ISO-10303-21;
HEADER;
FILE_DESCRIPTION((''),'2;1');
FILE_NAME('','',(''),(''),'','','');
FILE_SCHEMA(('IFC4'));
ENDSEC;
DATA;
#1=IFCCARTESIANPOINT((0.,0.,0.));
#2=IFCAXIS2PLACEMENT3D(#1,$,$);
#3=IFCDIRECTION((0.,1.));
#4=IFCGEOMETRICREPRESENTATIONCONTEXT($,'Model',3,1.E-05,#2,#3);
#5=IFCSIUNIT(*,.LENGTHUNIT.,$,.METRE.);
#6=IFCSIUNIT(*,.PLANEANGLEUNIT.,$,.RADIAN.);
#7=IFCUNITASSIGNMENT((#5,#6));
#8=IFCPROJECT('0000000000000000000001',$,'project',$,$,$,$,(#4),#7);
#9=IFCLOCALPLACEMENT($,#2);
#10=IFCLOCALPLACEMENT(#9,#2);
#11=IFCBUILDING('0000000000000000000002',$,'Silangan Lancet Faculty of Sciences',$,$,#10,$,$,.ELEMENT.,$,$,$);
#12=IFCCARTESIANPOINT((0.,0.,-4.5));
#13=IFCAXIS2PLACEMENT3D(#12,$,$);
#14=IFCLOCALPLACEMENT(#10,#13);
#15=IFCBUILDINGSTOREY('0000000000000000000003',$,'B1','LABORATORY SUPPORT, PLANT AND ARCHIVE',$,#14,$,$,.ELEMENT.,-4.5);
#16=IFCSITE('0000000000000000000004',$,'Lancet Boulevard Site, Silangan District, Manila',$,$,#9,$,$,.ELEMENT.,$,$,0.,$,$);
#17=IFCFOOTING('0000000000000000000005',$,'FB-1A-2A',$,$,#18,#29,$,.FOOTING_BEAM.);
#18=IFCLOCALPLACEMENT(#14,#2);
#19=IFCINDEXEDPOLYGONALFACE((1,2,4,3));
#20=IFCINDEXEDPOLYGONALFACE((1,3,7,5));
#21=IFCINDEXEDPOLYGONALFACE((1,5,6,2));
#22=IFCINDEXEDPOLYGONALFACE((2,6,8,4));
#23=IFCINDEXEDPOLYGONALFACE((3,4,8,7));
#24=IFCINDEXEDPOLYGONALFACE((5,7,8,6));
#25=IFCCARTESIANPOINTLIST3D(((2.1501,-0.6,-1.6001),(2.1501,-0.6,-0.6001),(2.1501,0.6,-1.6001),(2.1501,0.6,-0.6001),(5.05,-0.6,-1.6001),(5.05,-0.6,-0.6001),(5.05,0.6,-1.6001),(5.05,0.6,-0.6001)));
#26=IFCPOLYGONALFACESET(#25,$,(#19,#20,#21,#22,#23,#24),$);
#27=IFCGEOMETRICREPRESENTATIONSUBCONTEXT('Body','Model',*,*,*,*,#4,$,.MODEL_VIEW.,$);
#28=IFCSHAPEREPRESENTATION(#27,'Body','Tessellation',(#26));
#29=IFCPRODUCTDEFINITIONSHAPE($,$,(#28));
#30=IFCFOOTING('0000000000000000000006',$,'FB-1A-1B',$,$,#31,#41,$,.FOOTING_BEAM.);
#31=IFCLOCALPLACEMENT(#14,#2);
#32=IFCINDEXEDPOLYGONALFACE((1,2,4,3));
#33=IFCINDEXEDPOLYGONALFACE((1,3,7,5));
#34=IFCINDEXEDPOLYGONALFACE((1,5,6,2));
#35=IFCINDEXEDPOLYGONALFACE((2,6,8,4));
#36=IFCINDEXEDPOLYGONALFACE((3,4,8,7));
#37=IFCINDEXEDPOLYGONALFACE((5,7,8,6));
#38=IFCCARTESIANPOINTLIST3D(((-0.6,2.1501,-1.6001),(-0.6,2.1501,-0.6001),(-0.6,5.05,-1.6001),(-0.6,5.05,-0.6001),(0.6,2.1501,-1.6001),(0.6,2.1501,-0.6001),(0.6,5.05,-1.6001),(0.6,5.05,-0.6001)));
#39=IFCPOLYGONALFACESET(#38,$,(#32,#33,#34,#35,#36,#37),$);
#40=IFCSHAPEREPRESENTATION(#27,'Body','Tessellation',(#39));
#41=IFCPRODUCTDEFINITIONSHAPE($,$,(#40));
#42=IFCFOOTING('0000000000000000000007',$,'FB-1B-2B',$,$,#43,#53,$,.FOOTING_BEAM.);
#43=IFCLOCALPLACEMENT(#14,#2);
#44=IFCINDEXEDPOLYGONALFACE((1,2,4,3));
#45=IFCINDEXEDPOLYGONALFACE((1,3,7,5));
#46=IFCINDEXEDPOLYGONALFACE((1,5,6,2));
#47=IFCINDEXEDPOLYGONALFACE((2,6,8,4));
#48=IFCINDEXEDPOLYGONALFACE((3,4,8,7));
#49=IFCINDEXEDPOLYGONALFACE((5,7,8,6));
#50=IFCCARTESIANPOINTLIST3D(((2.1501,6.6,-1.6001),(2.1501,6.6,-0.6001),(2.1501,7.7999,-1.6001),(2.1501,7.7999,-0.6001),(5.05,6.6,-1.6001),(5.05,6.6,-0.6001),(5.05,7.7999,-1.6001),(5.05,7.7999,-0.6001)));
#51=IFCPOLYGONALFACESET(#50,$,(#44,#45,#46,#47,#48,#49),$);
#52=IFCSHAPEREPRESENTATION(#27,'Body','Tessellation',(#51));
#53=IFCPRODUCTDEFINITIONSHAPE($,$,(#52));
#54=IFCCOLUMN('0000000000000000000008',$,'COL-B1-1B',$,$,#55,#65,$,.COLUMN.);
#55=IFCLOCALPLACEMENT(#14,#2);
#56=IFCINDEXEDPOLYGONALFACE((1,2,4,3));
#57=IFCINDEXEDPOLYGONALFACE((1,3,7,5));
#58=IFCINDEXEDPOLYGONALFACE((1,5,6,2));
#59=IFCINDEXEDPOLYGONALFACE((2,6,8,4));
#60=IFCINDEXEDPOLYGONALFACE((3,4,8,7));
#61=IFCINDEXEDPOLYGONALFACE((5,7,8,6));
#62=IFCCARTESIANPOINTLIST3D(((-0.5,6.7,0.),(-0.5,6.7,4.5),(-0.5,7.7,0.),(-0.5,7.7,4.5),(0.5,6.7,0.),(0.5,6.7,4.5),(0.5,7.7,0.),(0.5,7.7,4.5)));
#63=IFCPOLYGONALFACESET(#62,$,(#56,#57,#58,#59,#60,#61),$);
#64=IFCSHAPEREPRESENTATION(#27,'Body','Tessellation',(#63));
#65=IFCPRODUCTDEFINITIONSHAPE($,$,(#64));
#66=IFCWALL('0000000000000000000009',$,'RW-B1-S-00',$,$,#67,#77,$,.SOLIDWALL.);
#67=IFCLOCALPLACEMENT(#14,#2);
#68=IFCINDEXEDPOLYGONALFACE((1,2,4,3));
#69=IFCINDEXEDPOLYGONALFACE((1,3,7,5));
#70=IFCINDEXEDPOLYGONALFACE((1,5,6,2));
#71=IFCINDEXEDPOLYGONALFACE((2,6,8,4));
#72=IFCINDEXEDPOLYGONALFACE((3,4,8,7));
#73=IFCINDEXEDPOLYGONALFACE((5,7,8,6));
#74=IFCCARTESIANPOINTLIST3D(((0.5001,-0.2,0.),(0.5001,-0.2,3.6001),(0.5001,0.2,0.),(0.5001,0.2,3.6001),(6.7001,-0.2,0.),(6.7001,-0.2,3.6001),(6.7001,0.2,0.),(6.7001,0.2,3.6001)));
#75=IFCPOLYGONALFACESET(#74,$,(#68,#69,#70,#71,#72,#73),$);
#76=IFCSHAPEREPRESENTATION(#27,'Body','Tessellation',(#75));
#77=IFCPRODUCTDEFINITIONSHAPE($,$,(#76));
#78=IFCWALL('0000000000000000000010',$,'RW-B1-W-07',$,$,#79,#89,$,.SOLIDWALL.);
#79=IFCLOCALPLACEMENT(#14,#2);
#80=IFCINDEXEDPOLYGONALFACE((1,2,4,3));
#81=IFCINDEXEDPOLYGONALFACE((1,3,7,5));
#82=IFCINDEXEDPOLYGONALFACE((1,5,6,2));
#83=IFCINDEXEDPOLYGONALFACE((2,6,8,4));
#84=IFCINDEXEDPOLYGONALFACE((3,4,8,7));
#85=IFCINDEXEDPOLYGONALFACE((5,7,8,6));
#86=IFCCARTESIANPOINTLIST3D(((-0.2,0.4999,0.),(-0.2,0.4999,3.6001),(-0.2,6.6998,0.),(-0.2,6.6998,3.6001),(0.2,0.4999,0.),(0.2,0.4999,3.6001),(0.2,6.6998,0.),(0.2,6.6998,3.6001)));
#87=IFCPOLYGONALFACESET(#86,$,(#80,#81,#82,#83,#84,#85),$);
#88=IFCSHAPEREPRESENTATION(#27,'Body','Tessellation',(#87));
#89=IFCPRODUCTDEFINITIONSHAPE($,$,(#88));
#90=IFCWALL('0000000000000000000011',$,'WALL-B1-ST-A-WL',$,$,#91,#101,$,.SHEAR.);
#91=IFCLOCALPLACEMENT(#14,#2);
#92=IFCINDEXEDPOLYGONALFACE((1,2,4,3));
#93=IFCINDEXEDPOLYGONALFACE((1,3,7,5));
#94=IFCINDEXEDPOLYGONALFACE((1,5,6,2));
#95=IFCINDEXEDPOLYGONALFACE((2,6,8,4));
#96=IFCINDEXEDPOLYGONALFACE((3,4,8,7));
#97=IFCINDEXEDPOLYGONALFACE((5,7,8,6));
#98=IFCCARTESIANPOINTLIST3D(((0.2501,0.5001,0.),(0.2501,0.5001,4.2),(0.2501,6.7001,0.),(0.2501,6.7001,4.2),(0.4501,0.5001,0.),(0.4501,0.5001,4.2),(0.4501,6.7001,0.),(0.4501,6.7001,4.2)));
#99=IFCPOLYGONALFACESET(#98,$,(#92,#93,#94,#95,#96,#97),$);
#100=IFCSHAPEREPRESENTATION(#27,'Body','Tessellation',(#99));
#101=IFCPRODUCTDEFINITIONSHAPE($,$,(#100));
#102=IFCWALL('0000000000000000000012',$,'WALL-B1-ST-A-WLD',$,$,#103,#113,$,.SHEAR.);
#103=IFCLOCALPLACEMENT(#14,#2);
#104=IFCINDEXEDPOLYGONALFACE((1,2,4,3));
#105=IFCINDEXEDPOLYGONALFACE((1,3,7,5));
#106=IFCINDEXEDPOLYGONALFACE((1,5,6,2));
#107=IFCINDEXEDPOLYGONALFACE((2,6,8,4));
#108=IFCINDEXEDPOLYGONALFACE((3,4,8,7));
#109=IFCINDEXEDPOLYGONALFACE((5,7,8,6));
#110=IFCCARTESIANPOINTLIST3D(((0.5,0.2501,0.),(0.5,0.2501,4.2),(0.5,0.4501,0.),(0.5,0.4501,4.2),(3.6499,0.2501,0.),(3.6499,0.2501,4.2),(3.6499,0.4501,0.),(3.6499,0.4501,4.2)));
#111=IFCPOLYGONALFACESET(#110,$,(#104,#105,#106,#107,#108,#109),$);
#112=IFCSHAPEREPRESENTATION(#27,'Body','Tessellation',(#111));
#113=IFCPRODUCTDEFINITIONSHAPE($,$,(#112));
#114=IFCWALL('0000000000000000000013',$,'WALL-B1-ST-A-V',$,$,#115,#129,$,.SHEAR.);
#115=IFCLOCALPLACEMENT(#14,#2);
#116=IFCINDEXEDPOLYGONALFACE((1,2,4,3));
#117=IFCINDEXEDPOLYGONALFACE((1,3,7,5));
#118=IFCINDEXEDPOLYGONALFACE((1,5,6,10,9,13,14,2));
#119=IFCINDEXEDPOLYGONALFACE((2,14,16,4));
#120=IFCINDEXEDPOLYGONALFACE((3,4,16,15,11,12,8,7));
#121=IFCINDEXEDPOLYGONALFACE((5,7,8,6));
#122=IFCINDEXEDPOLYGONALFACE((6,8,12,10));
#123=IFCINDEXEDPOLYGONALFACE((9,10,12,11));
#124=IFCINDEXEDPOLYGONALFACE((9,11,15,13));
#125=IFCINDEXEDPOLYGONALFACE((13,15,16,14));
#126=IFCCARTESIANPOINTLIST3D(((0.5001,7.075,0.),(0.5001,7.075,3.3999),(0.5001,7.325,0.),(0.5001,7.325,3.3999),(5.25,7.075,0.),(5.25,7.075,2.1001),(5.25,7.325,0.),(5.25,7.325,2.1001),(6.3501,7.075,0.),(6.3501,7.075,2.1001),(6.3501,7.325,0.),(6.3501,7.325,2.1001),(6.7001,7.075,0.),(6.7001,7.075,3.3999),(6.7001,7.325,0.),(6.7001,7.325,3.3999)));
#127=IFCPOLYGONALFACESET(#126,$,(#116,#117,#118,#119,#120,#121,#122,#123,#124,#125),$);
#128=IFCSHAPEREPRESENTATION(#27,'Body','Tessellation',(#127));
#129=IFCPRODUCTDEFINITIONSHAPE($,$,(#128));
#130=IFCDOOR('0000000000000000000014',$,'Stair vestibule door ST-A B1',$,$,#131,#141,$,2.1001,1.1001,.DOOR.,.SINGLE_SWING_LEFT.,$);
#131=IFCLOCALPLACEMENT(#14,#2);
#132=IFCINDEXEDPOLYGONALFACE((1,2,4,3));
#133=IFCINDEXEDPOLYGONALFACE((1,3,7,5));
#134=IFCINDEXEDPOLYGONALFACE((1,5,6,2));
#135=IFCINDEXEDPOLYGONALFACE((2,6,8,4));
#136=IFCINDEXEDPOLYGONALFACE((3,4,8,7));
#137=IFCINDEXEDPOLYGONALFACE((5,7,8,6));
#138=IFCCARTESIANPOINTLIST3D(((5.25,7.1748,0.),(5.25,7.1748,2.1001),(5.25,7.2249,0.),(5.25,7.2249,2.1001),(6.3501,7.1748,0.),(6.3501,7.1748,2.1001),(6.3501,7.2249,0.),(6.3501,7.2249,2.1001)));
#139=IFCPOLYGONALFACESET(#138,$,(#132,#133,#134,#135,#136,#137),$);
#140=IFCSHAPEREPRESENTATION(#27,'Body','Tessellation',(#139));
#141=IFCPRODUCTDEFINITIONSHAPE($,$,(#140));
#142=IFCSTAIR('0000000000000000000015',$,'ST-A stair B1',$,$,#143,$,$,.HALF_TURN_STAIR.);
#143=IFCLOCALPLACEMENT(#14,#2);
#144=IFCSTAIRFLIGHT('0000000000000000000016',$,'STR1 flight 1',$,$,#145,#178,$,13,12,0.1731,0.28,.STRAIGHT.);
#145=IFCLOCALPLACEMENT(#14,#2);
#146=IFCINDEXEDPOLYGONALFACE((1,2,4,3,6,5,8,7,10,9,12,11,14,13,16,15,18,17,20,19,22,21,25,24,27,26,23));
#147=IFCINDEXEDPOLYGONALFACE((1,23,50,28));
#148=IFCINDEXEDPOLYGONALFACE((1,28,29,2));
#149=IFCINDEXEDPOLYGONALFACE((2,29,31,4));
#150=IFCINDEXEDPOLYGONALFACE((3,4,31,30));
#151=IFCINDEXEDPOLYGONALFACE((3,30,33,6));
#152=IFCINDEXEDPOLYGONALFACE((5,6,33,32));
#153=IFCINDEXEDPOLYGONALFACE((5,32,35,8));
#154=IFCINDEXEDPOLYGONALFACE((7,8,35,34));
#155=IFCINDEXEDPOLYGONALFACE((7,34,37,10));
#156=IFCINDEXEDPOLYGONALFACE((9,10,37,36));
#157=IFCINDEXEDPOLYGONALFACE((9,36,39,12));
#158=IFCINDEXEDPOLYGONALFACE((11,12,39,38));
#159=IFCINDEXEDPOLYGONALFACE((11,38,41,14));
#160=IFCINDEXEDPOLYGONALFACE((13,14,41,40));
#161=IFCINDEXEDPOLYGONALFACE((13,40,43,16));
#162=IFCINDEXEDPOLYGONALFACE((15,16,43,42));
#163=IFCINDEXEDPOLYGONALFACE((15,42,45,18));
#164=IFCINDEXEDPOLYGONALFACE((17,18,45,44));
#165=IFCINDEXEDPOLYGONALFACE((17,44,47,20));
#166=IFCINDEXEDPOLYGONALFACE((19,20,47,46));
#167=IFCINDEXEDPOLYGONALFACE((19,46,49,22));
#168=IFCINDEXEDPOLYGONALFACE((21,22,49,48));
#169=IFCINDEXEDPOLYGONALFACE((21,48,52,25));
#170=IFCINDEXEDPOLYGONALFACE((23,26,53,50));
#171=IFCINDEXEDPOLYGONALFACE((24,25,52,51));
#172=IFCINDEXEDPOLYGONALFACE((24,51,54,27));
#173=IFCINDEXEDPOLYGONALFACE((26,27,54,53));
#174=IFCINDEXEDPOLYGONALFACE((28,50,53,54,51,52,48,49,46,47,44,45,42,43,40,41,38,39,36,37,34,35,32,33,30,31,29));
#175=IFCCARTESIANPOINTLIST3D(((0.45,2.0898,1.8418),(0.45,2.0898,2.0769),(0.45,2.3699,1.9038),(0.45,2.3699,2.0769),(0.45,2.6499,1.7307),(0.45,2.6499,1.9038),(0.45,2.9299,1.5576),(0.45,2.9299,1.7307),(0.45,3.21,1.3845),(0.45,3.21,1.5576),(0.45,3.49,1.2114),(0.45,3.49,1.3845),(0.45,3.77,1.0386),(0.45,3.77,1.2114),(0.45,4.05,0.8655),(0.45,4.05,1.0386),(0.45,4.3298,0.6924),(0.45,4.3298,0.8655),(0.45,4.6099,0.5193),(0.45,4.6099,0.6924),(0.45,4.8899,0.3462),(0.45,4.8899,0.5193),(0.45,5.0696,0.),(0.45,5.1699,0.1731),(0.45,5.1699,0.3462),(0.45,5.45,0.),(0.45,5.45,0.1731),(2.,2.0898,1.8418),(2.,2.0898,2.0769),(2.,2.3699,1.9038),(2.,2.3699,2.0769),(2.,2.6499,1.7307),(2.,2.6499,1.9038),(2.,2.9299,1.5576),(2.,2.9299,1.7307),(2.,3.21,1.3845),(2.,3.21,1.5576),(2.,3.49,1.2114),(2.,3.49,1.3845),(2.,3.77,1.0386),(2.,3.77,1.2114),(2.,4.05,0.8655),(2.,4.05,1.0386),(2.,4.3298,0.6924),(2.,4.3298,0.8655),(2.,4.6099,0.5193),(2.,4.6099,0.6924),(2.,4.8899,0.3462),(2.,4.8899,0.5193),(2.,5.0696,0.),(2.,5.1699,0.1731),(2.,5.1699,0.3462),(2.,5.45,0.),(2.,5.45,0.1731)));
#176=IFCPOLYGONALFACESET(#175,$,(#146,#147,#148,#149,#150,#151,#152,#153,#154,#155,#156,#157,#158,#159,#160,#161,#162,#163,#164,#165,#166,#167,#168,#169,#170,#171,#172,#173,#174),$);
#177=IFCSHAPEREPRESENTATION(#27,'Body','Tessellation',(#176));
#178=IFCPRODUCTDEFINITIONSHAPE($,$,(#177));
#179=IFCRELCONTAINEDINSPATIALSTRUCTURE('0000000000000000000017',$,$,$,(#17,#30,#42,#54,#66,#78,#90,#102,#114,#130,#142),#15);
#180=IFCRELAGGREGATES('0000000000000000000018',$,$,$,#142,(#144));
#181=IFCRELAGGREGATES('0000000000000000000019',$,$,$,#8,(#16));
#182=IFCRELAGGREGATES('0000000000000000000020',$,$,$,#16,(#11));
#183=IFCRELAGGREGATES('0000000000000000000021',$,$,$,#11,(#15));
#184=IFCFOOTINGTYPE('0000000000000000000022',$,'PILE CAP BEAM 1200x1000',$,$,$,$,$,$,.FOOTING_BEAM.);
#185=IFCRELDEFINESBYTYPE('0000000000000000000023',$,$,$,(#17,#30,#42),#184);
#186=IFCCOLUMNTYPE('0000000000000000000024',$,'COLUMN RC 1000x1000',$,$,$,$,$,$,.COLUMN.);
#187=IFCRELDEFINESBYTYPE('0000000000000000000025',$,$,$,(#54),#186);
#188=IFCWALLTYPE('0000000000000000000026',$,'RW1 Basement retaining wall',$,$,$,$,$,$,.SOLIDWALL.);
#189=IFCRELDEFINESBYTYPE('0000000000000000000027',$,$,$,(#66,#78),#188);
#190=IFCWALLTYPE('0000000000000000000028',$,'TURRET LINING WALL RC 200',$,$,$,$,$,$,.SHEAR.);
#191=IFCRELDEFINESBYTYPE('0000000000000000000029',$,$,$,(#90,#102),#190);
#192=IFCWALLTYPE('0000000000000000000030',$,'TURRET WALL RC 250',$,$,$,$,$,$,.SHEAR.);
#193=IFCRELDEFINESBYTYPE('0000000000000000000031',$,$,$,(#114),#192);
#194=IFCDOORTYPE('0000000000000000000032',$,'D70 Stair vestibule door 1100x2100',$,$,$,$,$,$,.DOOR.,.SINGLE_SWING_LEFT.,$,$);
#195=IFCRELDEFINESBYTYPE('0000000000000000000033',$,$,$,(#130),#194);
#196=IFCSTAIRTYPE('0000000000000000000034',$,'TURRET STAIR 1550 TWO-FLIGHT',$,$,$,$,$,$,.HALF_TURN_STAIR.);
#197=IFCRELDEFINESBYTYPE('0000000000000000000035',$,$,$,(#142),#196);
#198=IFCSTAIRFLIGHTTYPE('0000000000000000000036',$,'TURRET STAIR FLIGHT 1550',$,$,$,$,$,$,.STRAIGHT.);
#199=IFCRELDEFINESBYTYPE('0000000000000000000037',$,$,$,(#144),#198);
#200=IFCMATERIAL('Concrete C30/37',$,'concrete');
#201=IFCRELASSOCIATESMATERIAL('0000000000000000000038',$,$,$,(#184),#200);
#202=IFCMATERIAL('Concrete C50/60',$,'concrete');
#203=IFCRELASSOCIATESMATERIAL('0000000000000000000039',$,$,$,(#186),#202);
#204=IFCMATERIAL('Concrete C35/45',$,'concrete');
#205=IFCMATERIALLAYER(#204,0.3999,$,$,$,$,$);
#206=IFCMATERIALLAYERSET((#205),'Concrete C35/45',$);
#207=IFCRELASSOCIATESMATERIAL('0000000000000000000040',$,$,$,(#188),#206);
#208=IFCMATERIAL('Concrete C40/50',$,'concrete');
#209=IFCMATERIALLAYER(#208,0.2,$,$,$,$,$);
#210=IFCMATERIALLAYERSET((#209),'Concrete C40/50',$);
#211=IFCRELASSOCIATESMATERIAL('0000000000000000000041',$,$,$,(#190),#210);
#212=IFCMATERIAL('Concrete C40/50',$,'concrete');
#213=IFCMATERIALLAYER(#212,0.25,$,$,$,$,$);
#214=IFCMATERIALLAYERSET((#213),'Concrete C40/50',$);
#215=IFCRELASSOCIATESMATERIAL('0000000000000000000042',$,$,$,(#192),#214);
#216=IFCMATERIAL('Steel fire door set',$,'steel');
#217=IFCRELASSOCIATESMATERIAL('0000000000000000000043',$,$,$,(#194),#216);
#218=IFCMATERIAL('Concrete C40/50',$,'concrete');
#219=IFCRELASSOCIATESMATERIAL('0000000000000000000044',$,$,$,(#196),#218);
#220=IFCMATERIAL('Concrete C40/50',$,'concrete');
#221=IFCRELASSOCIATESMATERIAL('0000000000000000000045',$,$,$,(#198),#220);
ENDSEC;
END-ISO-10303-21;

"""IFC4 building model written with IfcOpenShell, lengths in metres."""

from ifc_helpers import new_model, si_unit, direction, frame, frame_2d, origin, origin_2d, place, context, subcontext, project, spatial, polyline, rectangle, outline, extrude, material, layer, layer_set, material_profile, profile_set, type_object, element, fill, aggregate, save


model = new_model("IFC4")

# Units and contexts
model_context = context("Model", 3, precision=1e-05, world=origin(), true_north=direction((0.0, 1.0)))
body_context = subcontext(model_context, "Body", "Model", "MODEL_VIEW")
ifc_project = project(units=[si_unit("LENGTHUNIT", "METRE"), si_unit("PLANEANGLEUNIT", "RADIAN")], contexts=[model_context])

# Site, building, storey
site_placement = place(None, origin())
site = spatial("IfcSite", under=ifc_project, at=site_placement, Name="Lancet Boulevard Site, Silangan District, Manila", CompositionType="ELEMENT", RefElevation=0.0)
building_placement = place(site_placement, origin())
building = spatial("IfcBuilding", under=site, at=building_placement, Name="Silangan Lancet Faculty of Sciences", CompositionType="ELEMENT")
storey_placement = place(building_placement, frame((0.0, 0.0, -4.5)))
storey = spatial("IfcBuildingStorey", under=building, at=storey_placement, Name="B1", Description="LABORATORY SUPPORT, PLANT AND ARCHIVE", CompositionType="ELEMENT", Elevation=-4.5)

# Footings
ifc_material_1 = material(Name="Concrete C30/37", Category="concrete")
footing_type_1 = type_object("IfcFootingType", Name="PILE CAP BEAM 1200x1000", PredefinedType="FOOTING_BEAM", material=ifc_material_1)
for number, where, z_axis, x_axis, name in (
    (1, (3.6001, 0.0, -1.6001), (0.0, 0.0, 1.0), (1.0, 0.0, 0.0), "FB-1A-2A"),
    (2, (0.0, 3.6001, -1.6001), (0.0, 0.0, 1.0), (0.0, 1.0, 0.0), "FB-1A-1B"),
    (3, (3.6001, 7.2, -1.6001), (0.0, 0.0, 1.0), (1.0, 0.0, 0.0), "FB-1B-2B"),
):
    element("IfcFooting", number, at=place(storey_placement, frame(where, z_axis=z_axis, x_axis=x_axis)), inside=storey, type_object=footing_type_1, Name=name, PredefinedType="FOOTING_BEAM", context=body_context, shape_type="SweptSolid", body=[
        extrude(rectangle(XDim=2.8999, YDim=1.2, at=origin_2d()), origin(), (0.0, 0.0, 1.0), 1.0),
    ])

# Column
ifc_material_2 = material(Name="Concrete C50/60", Category="concrete")
ifc_material_profile_1 = material_profile(ifc_material_2, rectangle(XDim=1.0, YDim=1.0, at=origin_2d()), Name="RC 1000x1000")
ifc_profile_set_1 = profile_set([ifc_material_profile_1], Name="Concrete C50/60")
column_type = type_object("IfcColumnType", Name="COLUMN RC 1000x1000", PredefinedType="COLUMN", material=ifc_profile_set_1)
column_placement = place(storey_placement, frame((0.0, 7.2, 0.0), z_axis=(0.0, 0.0, 1.0), x_axis=(1.0, 0.0, 0.0)))
element("IfcColumn", 4, at=column_placement, inside=storey, type_object=column_type, Name="COL-B1-1B", PredefinedType="COLUMN", context=body_context, shape_type="SweptSolid", body=[
    extrude(rectangle(XDim=1.0, YDim=1.0, at=origin_2d()), origin(), (0.0, 0.0, 1.0), 4.5),
])

# Walls
ifc_material_3 = material(Name="Concrete C35/45", Category="concrete")
ifc_layer_1 = layer(ifc_material_3, 0.3999)
ifc_layer_set_1 = layer_set([ifc_layer_1], Name="Concrete C35/45")
wall_type_1 = type_object("IfcWallType", Name="RW1 Basement retaining wall", PredefinedType="SOLIDWALL", material=ifc_layer_set_1)
for number, where, z_axis, x_axis, name in (
    (5, (0.5, 0.0, 0.0), (0.0, 0.0, 1.0), (1.0, 0.0, 0.0), "RW-B1-S-00"),
    (6, (0.0, 6.7, 0.0), (0.0, 0.0, 1.0), (0.0, -1.0, 0.0), "RW-B1-W-07"),
):
    element("IfcWall", number, at=place(storey_placement, frame(where, z_axis=z_axis, x_axis=x_axis)), inside=storey, type_object=wall_type_1, Name=name, PredefinedType="SOLIDWALL", context=body_context, shape_type="SweptSolid", body=[
        extrude(rectangle(XDim=6.2, YDim=0.3999, at=frame_2d((3.1001, 0.0))), origin(), (0.0, 0.0, 1.0), 3.6001),
    ])
ifc_material_4 = material(Name="Concrete C40/50", Category="concrete")
ifc_layer_2 = layer(ifc_material_4, 0.2)
ifc_layer_set_2 = layer_set([ifc_layer_2], Name="Concrete C40/50")
wall_type_2 = type_object("IfcWallType", Name="TURRET LINING WALL RC 200", PredefinedType="SHEAR", material=ifc_layer_set_2)
wall_1_placement = place(storey_placement, frame((0.3501, 0.5, 0.0), z_axis=(0.0, 0.0, 1.0), x_axis=(0.0, 1.0, 0.0)))
element("IfcWall", 7, at=wall_1_placement, inside=storey, type_object=wall_type_2, Name="WALL-B1-ST-A-WL", PredefinedType="SHEAR", context=body_context, shape_type="SweptSolid", body=[
    extrude(rectangle(XDim=6.2, YDim=0.2, at=frame_2d((3.1001, 0.0))), origin(), (0.0, 0.0, 1.0), 4.2),
])
wall_2_placement = place(storey_placement, frame((0.5, 0.3501, 0.0), z_axis=(0.0, 0.0, 1.0), x_axis=(1.0, 0.0, 0.0)))
element("IfcWall", 8, at=wall_2_placement, inside=storey, type_object=wall_type_2, Name="WALL-B1-ST-A-WLD", PredefinedType="SHEAR", context=body_context, shape_type="SweptSolid", body=[
    extrude(rectangle(XDim=3.1499, YDim=0.2, at=frame_2d((1.575, 0.0))), origin(), (0.0, 0.0, 1.0), 4.2),
])

# Wall, opening, door
ifc_material_5 = material(Name="Concrete C40/50", Category="concrete")
ifc_layer_3 = layer(ifc_material_5, 0.25)
ifc_layer_set_3 = layer_set([ifc_layer_3], Name="Concrete C40/50")
wall_type_3 = type_object("IfcWallType", Name="TURRET WALL RC 250", PredefinedType="SHEAR", material=ifc_layer_set_3)
wall_3_placement = place(storey_placement, frame((0.5, 7.2, 0.0), z_axis=(0.0, 0.0, 1.0), x_axis=(1.0, 0.0, 0.0)))
wall_3 = element("IfcWall", 9, at=wall_3_placement, inside=storey, type_object=wall_type_3, Name="WALL-B1-ST-A-V", PredefinedType="SHEAR", context=body_context, shape_type="SweptSolid", body=[
    extrude(rectangle(XDim=6.2, YDim=0.25, at=frame_2d((3.1001, 0.0))), origin(), (0.0, 0.0, 1.0), 3.3999),
])
opening_placement = place(wall_3_placement, frame((4.75, 0.0, 0.0)))
opening = element("IfcOpeningElement", 10, at=opening_placement, cuts=wall_3, PredefinedType="OPENING", context=body_context, shape_type="SweptSolid", body=[
    extrude(rectangle(XDim=1.1001, YDim=2.1001, at=frame_2d((0.55, 1.05))), frame((0.0, 0.135, 0.0), z_axis=(0.0, -1.0, 0.0), x_axis=(1.0, 0.0, 0.0)), (0.0, 0.0, 1.0), 0.27),
])
ifc_material_6 = material(Name="Steel fire door set", Category="steel")
door_type = type_object("IfcDoorType", Name="D70 Stair vestibule door 1100x2100", OperationType="SINGLE_SWING_LEFT", PredefinedType="DOOR", material=ifc_material_6)
door_placement = place(opening_placement, frame((1.1001, 0.0, 0.0), z_axis=(0.0, 0.0, 1.0), x_axis=(-1.0, 0.0, 0.0)))
door = element("IfcDoor", 11, at=door_placement, inside=storey, type_object=door_type, Name="Stair vestibule door ST-A B1", OperationType="SINGLE_SWING_LEFT", OverallHeight=2.1001, OverallWidth=1.1001, PredefinedType="DOOR", context=body_context, shape_type="SweptSolid", body=[
    extrude(rectangle(XDim=1.1001, YDim=2.1001, at=frame_2d((0.55, 1.05))), frame((0.0, 0.0251, 0.0), z_axis=(0.0, -1.0, 0.0), x_axis=(1.0, 0.0, 0.0)), (0.0, 0.0, 1.0), 0.05),
])
fill(opening, door)

# Stair, stair flight
ifc_material_7 = material(Name="Concrete C40/50", Category="concrete")
stair_type = type_object("IfcStairType", Name="TURRET STAIR 1550 TWO-FLIGHT", PredefinedType="HALF_TURN_STAIR", material=ifc_material_7)
stair_placement = place(storey_placement, origin())
stair = element("IfcStair", 12, at=stair_placement, inside=storey, type_object=stair_type, Name="ST-A stair B1", PredefinedType="HALF_TURN_STAIR")
ifc_material_8 = material(Name="Concrete C40/50", Category="concrete")
stair_flight_type = type_object("IfcStairFlightType", Name="TURRET STAIR FLIGHT 1550", PredefinedType="STRAIGHT", material=ifc_material_8)
stair_flight_1_placement = place(storey_placement, frame((1.2251, 5.45, 0.0), z_axis=(0.0, 0.0, 1.0), x_axis=(0.0, -1.0, 0.0)))
stair_flight_1 = element("IfcStairFlight", 13, at=stair_flight_1_placement, type_object=stair_flight_type, Name="STR1 flight 1", NumberOfRisers=13, NumberOfTreads=12, PredefinedType="STRAIGHT", RiserHeight=0.1731, TreadLength=0.28, context=body_context, shape_type="SweptSolid", body=[
    extrude(outline(polyline([(0.0, 0.0), (0.0, 0.1731), (0.28, 0.1731), (0.28, 0.3462), (0.5601, 0.3462), (0.5601, 0.5193), (0.8401, 0.5193), (0.8401, 0.6924), (1.1201, 0.6924), (1.1201, 0.8655), (1.3999, 0.8655), (1.3999, 1.0386), (1.6799, 1.0386), (1.6799, 1.2114), (1.96, 1.2114), (1.96, 1.3845), (2.24, 1.3845), (2.24, 1.5576), (2.52, 1.5576), (2.52, 1.7307), (2.8, 1.7307), (2.8, 1.9038), (3.0801, 1.9038), (3.0801, 2.0769), (3.3601, 2.0769), (3.3601, 2.25), (3.3601, 1.8418), (0.3804, 0.0), (0.0, 0.0)])), frame((0.0, 0.7749, 0.0), z_axis=(0.0, -1.0, 0.0), x_axis=(1.0, 0.0, 0.0)), (0.0, 0.0, 1.0), 1.55),
])
aggregate(stair, [stair_flight_1])

save(model, "model.ifc")
